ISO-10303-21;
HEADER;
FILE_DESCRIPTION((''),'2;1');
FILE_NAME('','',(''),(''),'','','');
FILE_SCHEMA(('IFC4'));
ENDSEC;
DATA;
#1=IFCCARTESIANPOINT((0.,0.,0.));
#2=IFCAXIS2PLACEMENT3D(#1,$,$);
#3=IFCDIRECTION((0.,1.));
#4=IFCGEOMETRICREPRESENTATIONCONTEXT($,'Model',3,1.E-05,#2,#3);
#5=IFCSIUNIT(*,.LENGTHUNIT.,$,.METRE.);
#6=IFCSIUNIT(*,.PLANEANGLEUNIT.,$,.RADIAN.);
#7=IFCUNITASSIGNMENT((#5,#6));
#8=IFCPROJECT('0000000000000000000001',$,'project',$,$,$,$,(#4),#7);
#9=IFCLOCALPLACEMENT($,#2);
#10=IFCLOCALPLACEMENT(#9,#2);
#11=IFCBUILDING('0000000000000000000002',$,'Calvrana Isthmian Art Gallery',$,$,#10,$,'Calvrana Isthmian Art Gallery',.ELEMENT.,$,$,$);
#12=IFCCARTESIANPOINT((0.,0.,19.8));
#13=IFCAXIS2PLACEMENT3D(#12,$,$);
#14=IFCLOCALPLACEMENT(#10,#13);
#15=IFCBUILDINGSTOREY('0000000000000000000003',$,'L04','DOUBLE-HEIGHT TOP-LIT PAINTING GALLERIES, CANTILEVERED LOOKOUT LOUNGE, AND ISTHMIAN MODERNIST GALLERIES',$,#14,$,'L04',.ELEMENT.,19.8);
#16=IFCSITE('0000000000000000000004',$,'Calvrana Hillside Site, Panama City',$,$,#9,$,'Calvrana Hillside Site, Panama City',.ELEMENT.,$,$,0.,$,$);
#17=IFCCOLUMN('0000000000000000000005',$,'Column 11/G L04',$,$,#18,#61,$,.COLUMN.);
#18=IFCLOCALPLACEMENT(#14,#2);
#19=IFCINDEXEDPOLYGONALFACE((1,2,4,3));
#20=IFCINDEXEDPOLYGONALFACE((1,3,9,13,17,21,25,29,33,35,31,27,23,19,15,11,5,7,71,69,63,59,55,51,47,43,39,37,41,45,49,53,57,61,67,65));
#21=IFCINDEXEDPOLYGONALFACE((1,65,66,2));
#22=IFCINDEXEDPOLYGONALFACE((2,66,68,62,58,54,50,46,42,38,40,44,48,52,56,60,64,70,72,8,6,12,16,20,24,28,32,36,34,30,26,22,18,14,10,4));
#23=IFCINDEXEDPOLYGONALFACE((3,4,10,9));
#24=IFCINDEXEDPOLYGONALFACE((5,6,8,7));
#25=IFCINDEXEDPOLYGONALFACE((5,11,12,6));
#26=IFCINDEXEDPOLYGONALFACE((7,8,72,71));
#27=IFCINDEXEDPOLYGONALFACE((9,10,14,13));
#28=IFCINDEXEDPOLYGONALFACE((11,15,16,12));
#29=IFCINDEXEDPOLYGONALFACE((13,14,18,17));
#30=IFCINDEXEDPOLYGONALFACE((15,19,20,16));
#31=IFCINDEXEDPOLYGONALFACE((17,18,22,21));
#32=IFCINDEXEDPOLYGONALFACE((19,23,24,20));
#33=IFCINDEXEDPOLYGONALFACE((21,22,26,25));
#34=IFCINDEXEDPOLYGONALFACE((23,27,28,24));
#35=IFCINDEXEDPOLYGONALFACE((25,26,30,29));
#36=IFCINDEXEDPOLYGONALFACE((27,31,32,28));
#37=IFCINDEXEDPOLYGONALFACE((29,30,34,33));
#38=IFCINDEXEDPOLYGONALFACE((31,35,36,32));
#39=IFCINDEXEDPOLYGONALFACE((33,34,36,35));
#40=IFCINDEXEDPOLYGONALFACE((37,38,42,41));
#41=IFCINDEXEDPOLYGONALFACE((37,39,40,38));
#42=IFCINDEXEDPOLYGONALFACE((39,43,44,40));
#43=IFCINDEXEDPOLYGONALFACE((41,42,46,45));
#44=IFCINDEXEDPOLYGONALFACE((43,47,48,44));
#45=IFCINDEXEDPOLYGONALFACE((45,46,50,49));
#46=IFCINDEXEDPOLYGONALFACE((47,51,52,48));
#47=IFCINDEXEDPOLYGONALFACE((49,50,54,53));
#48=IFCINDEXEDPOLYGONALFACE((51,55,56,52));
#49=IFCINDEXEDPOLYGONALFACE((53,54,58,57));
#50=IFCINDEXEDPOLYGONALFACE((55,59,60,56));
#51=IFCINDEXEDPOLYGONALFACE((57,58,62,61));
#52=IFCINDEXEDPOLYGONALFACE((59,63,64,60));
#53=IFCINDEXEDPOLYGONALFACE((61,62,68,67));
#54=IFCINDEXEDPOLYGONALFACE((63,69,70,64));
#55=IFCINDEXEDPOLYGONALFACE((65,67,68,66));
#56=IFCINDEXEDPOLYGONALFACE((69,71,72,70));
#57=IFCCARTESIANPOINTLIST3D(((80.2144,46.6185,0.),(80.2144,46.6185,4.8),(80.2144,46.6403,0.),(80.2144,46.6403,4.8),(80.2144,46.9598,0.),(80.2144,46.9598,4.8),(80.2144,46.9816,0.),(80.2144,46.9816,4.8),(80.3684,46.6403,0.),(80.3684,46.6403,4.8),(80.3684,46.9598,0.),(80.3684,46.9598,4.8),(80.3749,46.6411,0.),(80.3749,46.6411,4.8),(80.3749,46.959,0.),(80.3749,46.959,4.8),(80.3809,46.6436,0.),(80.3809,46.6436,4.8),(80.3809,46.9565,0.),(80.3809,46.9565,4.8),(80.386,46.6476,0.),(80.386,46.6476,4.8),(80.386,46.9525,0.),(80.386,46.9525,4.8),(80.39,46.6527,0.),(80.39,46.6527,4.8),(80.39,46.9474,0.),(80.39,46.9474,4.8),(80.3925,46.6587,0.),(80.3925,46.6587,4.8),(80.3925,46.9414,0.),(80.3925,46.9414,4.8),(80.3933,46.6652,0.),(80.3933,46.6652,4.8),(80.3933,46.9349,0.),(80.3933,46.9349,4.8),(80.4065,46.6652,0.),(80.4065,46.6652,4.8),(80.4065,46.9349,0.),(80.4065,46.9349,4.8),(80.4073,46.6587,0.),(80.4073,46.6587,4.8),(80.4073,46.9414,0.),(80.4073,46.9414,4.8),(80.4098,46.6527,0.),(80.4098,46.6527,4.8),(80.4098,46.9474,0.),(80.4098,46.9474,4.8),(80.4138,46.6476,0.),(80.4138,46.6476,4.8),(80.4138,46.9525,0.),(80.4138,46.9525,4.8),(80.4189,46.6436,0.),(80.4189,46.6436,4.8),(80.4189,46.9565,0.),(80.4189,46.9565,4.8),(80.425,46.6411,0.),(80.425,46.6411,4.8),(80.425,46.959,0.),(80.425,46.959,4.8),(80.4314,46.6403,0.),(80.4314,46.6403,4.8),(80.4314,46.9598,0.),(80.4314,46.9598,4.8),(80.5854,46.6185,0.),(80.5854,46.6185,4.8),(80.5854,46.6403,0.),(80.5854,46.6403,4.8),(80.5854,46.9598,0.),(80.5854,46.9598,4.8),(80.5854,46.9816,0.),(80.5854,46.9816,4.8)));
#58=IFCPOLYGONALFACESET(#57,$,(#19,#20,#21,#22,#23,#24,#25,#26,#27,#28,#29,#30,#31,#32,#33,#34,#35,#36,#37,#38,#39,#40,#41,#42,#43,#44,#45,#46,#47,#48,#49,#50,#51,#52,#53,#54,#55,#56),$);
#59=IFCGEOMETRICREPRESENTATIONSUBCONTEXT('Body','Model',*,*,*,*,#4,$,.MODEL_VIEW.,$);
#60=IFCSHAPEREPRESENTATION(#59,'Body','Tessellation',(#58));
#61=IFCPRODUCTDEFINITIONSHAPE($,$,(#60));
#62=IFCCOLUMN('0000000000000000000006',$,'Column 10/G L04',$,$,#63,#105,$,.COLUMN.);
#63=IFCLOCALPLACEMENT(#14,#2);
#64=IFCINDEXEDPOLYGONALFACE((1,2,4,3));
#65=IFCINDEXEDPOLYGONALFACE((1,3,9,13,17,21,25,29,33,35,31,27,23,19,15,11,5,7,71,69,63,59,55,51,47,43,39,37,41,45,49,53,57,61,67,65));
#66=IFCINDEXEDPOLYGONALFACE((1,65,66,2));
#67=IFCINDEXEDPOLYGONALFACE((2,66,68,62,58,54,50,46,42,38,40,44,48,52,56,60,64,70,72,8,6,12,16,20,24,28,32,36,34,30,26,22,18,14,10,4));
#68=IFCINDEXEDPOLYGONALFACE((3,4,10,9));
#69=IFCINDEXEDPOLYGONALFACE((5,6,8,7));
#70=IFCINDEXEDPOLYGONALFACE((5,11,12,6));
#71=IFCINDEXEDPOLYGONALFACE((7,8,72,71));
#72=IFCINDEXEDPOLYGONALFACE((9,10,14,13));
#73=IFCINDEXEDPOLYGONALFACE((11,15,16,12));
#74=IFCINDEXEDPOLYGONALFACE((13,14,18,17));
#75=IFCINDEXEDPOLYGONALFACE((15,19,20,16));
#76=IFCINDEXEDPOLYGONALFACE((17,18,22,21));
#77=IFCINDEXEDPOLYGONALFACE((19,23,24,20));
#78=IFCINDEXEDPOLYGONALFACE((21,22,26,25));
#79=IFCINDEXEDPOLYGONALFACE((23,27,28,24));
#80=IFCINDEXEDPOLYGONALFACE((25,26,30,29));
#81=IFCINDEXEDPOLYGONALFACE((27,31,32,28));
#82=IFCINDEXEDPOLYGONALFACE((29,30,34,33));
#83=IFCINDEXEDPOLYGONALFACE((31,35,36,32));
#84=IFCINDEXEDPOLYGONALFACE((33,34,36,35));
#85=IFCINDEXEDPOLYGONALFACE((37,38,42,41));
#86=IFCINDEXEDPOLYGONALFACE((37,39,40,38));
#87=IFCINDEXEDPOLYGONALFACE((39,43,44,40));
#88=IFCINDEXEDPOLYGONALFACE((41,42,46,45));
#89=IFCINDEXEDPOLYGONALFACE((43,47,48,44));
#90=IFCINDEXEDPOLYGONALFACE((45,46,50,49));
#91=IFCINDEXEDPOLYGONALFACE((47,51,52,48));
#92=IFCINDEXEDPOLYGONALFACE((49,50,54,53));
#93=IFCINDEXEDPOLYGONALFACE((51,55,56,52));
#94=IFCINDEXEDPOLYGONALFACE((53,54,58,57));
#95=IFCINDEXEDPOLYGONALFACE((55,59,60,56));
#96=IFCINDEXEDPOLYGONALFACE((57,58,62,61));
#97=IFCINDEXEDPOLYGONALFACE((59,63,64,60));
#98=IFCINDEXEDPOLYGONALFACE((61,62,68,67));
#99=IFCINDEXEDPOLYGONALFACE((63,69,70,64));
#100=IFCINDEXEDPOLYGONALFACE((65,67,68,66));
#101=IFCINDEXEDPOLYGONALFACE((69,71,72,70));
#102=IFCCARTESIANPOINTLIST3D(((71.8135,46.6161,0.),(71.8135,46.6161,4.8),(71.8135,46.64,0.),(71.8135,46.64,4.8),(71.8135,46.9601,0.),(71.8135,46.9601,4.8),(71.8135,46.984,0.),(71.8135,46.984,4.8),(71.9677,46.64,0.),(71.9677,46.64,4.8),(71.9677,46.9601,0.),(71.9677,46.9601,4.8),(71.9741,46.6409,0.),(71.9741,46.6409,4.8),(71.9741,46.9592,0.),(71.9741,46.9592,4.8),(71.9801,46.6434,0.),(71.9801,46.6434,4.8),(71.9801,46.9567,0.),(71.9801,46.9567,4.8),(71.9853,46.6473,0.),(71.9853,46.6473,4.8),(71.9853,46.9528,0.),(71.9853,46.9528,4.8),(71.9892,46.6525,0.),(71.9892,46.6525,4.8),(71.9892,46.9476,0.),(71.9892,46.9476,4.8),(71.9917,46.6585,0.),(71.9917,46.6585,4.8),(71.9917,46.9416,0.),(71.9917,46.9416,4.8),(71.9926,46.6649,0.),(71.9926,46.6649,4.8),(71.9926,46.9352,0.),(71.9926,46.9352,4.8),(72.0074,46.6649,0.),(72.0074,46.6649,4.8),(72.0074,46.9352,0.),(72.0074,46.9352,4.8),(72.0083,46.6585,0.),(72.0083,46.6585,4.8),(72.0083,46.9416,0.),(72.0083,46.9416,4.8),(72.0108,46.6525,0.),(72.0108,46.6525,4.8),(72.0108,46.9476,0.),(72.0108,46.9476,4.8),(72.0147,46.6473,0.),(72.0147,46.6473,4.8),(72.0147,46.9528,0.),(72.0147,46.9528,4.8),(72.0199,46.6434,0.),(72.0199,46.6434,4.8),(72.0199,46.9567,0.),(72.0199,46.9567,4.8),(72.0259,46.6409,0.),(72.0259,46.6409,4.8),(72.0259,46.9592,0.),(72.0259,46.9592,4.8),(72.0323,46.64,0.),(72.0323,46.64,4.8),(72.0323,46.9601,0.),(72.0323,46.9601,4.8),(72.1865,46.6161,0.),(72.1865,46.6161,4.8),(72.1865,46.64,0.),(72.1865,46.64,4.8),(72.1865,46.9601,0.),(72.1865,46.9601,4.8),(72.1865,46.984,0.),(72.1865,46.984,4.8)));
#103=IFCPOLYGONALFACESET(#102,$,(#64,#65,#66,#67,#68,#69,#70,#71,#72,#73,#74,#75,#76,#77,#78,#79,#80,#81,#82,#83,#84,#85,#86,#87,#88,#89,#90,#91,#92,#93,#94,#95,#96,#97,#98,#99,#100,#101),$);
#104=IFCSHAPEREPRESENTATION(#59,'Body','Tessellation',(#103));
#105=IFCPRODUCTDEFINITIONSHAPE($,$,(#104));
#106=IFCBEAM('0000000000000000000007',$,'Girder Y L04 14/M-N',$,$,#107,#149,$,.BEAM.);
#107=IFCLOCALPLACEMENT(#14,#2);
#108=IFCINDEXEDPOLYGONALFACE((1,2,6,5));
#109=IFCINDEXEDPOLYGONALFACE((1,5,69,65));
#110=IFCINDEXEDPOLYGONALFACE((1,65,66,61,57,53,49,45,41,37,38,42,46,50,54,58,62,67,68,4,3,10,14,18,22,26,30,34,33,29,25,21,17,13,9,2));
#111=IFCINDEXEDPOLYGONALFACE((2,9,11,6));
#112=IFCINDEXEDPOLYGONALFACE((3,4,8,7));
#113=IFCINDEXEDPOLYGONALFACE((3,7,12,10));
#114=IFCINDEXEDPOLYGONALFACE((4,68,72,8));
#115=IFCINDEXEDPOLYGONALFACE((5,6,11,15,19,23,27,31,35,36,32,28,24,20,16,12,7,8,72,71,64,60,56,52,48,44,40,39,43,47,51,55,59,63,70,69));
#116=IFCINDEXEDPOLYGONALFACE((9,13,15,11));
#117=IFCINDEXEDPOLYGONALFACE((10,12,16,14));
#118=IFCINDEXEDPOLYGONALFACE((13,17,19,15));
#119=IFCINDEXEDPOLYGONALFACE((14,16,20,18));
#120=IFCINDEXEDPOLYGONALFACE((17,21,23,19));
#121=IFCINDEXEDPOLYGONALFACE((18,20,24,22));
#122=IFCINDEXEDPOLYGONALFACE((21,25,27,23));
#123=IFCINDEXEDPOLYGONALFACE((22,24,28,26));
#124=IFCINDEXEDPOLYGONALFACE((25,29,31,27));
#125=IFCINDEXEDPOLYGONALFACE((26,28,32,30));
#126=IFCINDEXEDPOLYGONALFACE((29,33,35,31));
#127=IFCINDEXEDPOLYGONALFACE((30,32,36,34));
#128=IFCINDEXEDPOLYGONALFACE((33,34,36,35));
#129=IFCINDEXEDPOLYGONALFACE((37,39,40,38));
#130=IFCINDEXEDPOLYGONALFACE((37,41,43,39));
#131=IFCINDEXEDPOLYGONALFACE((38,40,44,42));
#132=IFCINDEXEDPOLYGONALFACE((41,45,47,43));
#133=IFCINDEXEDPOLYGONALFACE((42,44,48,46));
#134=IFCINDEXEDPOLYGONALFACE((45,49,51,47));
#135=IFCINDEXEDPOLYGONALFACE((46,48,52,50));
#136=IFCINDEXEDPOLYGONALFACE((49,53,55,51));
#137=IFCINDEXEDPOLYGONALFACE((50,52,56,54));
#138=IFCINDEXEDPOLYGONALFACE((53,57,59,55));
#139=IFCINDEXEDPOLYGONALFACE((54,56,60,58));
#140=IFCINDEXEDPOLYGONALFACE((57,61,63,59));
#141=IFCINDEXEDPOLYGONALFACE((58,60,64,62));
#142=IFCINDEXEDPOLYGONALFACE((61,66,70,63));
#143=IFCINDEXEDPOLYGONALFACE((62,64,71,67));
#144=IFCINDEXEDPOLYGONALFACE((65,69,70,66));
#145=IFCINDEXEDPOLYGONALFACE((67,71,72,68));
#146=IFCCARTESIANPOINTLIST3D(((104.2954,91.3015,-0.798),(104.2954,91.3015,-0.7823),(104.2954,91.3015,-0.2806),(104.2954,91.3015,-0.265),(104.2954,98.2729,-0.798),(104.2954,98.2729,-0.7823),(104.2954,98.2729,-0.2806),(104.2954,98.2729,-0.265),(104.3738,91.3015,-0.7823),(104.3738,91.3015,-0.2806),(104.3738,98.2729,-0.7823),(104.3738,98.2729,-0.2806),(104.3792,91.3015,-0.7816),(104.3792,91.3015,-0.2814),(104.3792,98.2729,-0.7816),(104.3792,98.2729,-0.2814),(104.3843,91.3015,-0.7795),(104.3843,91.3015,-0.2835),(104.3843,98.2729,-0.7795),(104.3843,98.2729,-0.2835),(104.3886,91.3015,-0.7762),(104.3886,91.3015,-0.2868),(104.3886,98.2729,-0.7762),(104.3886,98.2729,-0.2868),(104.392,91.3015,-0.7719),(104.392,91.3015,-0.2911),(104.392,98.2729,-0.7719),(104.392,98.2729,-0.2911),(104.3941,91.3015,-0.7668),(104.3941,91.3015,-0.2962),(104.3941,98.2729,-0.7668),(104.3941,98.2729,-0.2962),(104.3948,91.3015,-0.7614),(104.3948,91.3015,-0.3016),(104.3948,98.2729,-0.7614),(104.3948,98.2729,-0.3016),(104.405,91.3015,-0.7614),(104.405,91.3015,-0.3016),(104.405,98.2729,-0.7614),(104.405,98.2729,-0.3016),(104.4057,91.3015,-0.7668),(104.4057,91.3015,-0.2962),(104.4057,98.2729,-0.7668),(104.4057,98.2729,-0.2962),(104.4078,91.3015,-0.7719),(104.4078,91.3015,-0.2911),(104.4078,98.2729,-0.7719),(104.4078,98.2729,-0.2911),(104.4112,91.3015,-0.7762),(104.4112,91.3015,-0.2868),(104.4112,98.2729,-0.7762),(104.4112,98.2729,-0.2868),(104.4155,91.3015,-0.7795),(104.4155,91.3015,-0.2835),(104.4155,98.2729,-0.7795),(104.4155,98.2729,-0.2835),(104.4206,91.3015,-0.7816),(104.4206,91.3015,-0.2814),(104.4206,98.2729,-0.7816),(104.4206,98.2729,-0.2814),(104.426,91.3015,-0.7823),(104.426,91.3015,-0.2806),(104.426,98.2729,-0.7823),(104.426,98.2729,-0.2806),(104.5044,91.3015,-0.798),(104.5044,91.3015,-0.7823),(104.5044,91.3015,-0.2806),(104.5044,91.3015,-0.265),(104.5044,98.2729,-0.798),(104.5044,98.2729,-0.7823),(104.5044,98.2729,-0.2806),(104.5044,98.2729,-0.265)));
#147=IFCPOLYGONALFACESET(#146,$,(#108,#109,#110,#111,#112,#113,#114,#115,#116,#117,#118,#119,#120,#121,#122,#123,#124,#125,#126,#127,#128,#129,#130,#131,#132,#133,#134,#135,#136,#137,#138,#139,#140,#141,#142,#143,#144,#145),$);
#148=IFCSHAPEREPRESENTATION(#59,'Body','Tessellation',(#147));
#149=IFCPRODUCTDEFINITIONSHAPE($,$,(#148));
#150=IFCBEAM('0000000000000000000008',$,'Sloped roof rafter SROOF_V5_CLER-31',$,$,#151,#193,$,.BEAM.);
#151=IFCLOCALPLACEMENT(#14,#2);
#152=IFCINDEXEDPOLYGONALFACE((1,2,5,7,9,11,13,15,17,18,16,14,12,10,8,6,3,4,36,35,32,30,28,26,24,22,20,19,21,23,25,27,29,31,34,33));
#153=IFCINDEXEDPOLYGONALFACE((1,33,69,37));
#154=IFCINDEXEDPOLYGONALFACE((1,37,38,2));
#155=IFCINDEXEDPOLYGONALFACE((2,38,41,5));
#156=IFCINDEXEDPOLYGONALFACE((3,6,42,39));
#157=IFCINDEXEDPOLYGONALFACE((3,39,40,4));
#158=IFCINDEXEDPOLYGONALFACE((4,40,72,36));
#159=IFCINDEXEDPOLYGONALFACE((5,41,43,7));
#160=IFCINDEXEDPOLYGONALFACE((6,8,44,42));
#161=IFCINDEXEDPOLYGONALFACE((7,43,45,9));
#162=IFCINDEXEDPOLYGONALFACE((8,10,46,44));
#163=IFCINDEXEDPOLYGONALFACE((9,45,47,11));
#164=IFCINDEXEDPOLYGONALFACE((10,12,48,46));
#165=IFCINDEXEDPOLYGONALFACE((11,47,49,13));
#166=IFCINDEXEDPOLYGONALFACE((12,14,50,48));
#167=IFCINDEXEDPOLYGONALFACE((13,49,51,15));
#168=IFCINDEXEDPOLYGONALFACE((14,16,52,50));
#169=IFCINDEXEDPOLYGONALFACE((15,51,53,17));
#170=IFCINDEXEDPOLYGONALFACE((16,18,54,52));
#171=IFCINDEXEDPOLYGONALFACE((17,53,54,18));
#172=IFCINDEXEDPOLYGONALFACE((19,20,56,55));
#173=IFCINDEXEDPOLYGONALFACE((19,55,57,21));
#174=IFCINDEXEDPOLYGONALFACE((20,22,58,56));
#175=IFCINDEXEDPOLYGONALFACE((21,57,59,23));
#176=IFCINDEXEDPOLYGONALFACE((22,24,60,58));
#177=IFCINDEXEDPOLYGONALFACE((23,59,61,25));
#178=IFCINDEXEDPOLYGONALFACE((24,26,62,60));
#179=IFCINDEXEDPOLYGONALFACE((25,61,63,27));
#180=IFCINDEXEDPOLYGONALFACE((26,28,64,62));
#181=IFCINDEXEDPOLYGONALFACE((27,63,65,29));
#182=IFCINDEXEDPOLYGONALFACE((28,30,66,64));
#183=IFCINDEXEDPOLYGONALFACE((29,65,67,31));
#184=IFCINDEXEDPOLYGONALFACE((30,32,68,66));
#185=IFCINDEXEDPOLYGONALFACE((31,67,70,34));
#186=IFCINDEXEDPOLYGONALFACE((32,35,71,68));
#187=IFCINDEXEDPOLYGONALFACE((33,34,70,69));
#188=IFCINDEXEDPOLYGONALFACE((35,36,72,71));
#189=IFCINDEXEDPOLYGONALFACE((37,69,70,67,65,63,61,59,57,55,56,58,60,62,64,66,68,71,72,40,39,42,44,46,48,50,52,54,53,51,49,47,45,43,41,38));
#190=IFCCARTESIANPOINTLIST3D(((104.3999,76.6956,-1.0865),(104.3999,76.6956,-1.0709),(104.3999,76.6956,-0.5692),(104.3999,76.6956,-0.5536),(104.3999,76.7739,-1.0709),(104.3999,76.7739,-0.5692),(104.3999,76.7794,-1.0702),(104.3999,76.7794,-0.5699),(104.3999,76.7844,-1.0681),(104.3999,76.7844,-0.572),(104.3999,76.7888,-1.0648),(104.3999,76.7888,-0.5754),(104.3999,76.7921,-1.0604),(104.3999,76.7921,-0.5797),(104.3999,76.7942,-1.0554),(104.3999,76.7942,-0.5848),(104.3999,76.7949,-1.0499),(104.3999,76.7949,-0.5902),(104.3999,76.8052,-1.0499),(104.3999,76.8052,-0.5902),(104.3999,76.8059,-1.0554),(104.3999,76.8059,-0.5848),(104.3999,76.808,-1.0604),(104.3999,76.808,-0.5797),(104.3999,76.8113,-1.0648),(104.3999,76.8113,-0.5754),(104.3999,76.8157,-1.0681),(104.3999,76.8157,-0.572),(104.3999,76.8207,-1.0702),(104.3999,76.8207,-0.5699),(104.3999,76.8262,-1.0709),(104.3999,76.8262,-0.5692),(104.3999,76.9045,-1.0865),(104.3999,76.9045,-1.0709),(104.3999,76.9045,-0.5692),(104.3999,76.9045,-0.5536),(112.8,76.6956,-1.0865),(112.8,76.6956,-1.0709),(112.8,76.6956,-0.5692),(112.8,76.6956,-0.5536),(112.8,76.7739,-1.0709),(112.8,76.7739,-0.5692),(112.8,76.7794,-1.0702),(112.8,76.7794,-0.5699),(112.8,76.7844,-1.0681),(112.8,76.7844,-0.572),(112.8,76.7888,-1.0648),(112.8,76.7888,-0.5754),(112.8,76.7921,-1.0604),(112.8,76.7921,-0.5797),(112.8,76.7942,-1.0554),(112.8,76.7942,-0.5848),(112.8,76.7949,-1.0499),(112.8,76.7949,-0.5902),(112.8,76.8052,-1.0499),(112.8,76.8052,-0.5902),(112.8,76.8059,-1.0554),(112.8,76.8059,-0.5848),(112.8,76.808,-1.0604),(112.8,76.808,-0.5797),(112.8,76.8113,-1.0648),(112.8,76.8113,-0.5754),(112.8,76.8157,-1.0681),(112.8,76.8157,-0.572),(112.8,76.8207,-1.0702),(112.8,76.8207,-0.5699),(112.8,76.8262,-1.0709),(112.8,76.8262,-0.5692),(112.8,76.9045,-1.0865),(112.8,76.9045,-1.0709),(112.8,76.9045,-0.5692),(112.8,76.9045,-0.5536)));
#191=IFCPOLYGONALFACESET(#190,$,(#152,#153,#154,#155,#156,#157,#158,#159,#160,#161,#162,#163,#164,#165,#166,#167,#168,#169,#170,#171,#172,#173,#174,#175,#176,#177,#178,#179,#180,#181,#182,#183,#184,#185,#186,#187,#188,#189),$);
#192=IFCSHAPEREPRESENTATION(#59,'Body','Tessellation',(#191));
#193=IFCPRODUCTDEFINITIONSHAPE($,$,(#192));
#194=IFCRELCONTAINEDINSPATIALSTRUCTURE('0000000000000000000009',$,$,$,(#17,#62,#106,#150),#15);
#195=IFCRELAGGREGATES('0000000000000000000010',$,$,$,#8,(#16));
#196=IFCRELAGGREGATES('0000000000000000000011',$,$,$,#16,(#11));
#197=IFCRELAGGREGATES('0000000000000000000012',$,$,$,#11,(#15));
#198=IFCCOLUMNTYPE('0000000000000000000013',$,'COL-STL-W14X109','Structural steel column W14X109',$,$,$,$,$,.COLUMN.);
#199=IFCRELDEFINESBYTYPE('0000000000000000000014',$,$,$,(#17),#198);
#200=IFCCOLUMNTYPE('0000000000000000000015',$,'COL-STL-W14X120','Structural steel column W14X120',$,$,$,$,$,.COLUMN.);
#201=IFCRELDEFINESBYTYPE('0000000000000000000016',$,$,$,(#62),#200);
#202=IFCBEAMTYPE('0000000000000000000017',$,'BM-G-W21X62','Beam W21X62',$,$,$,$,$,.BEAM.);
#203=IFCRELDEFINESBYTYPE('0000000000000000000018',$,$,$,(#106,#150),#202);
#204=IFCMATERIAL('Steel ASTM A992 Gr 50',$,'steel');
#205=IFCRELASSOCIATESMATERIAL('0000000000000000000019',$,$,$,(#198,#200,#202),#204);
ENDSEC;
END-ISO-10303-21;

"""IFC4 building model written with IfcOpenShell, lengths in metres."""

from ifc_helpers import new_model, si_unit, direction, frame, origin, origin_2d, place, context, subcontext, project, spatial, i_section, extrude, material, material_profile, profile_set, type_object, element, save


model = new_model("IFC4")

# Units and contexts
model_context = context("Model", 3, precision=1e-05, world=origin(), true_north=direction((0.0, 1.0)))
body_context = subcontext(model_context, "Body", "Model", "MODEL_VIEW")
ifc_project = project(units=[si_unit("LENGTHUNIT", "METRE"), si_unit("PLANEANGLEUNIT", "RADIAN")], contexts=[model_context])

# Site, building, storey
site_placement = place(None, origin())
site = spatial("IfcSite", under=ifc_project, at=site_placement, Name="Calvrana Hillside Site, Panama City", LongName="Calvrana Hillside Site, Panama City", CompositionType="ELEMENT", RefElevation=0.0)
building_placement = place(site_placement, origin())
building = spatial("IfcBuilding", under=site, at=building_placement, Name="Calvrana Isthmian Art Gallery", LongName="Calvrana Isthmian Art Gallery", CompositionType="ELEMENT")
storey_placement = place(building_placement, frame((0.0, 0.0, 19.8)))
storey = spatial("IfcBuildingStorey", under=building, at=storey_placement, Name="L04", Description="DOUBLE-HEIGHT TOP-LIT PAINTING GALLERIES, CANTILEVERED LOOKOUT LOUNGE, AND ISTHMIAN MODERNIST GALLERIES", LongName="L04", CompositionType="ELEMENT", Elevation=19.8)

# Columns
ifc_material_1 = material(Name="Steel ASTM A992 Gr 50", Category="steel")
ifc_material_profile_1 = material_profile(ifc_material_1, i_section(OverallWidth=0.3711, OverallDepth=0.363, WebThickness=0.0132, FlangeThickness=0.0217, FilletRadius=0.0249, at=origin_2d()), Name="W14X109")
ifc_profile_set_1 = profile_set([ifc_material_profile_1], Name="Steel ASTM A992 Gr 50")
column_type_1 = type_object("IfcColumnType", Name="COL-STL-W14X109", Description="Structural steel column W14X109", PredefinedType="COLUMN", material=ifc_profile_set_1)
column_1_placement = place(storey_placement, frame((80.3999, 46.8, 0.0), z_axis=(0.0, 0.0, 1.0), x_axis=(1.0, 0.0, 0.0)))
element("IfcColumn", 1, at=column_1_placement, inside=storey, type_object=column_type_1, Name="Column 11/G L04", PredefinedType="COLUMN", context=body_context, shape_type="SweptSolid", body=[
    extrude(i_section(OverallWidth=0.3711, OverallDepth=0.363, WebThickness=0.0132, FlangeThickness=0.0217, FilletRadius=0.0249, at=origin_2d()), origin(), (0.0, 0.0, 1.0), 4.8),
])
ifc_material_profile_2 = material_profile(ifc_material_1, i_section(OverallWidth=0.373, OverallDepth=0.3679, WebThickness=0.0149, FlangeThickness=0.0239, FilletRadius=0.0249, at=origin_2d()), Name="W14X120")
ifc_profile_set_2 = profile_set([ifc_material_profile_2], Name="Steel ASTM A992 Gr 50")
column_type_2 = type_object("IfcColumnType", Name="COL-STL-W14X120", Description="Structural steel column W14X120", PredefinedType="COLUMN", material=ifc_profile_set_2)
column_2_placement = place(storey_placement, frame((72.0, 46.8, 0.0), z_axis=(0.0, 0.0, 1.0), x_axis=(1.0, 0.0, 0.0)))
element("IfcColumn", 2, at=column_2_placement, inside=storey, type_object=column_type_2, Name="Column 10/G L04", PredefinedType="COLUMN", context=body_context, shape_type="SweptSolid", body=[
    extrude(i_section(OverallWidth=0.373, OverallDepth=0.3679, WebThickness=0.0149, FlangeThickness=0.0239, FilletRadius=0.0249, at=origin_2d()), origin(), (0.0, 0.0, 1.0), 4.8),
])

# Beams
ifc_material_profile_3 = material_profile(ifc_material_1, i_section(OverallWidth=0.209, OverallDepth=0.533, WebThickness=0.0103, FlangeThickness=0.0156, FilletRadius=0.021, at=origin_2d()), Name="W21X62")
ifc_profile_set_3 = profile_set([ifc_material_profile_3], Name="Steel ASTM A992 Gr 50")
beam_type_1 = type_object("IfcBeamType", Name="BM-G-W21X62", Description="Beam W21X62", PredefinedType="BEAM", material=ifc_profile_set_3)
beam_1_placement = place(storey_placement, frame((104.3999, 91.3015, -0.5315), z_axis=(0.0, 1.0, 0.0), x_axis=(-1.0, 0.0, 0.0)))
element("IfcBeam", 3, at=beam_1_placement, inside=storey, type_object=beam_type_1, Name="Girder Y L04 14/M-N", PredefinedType="BEAM", context=body_context, shape_type="SweptSolid", body=[
    extrude(i_section(OverallWidth=0.209, OverallDepth=0.533, WebThickness=0.0103, FlangeThickness=0.0156, FilletRadius=0.021, at=origin_2d()), origin(), (0.0, 0.0, 1.0), 6.9714),
])
beam_2_placement = place(storey_placement, frame((104.3999, 76.8, -0.8201), z_axis=(1.0, 0.0, 0.0), x_axis=(0.0, 1.0, 0.0)))
element("IfcBeam", 4, at=beam_2_placement, inside=storey, type_object=beam_type_1, Name="Sloped roof rafter SROOF_V5_CLER-31", PredefinedType="BEAM", context=body_context, shape_type="SweptSolid", body=[
    extrude(i_section(OverallWidth=0.209, OverallDepth=0.533, WebThickness=0.0103, FlangeThickness=0.0156, FilletRadius=0.021, at=origin_2d()), origin(), (0.0, 0.0, 1.0), 8.4001),
])

save(model, "model.ifc")
